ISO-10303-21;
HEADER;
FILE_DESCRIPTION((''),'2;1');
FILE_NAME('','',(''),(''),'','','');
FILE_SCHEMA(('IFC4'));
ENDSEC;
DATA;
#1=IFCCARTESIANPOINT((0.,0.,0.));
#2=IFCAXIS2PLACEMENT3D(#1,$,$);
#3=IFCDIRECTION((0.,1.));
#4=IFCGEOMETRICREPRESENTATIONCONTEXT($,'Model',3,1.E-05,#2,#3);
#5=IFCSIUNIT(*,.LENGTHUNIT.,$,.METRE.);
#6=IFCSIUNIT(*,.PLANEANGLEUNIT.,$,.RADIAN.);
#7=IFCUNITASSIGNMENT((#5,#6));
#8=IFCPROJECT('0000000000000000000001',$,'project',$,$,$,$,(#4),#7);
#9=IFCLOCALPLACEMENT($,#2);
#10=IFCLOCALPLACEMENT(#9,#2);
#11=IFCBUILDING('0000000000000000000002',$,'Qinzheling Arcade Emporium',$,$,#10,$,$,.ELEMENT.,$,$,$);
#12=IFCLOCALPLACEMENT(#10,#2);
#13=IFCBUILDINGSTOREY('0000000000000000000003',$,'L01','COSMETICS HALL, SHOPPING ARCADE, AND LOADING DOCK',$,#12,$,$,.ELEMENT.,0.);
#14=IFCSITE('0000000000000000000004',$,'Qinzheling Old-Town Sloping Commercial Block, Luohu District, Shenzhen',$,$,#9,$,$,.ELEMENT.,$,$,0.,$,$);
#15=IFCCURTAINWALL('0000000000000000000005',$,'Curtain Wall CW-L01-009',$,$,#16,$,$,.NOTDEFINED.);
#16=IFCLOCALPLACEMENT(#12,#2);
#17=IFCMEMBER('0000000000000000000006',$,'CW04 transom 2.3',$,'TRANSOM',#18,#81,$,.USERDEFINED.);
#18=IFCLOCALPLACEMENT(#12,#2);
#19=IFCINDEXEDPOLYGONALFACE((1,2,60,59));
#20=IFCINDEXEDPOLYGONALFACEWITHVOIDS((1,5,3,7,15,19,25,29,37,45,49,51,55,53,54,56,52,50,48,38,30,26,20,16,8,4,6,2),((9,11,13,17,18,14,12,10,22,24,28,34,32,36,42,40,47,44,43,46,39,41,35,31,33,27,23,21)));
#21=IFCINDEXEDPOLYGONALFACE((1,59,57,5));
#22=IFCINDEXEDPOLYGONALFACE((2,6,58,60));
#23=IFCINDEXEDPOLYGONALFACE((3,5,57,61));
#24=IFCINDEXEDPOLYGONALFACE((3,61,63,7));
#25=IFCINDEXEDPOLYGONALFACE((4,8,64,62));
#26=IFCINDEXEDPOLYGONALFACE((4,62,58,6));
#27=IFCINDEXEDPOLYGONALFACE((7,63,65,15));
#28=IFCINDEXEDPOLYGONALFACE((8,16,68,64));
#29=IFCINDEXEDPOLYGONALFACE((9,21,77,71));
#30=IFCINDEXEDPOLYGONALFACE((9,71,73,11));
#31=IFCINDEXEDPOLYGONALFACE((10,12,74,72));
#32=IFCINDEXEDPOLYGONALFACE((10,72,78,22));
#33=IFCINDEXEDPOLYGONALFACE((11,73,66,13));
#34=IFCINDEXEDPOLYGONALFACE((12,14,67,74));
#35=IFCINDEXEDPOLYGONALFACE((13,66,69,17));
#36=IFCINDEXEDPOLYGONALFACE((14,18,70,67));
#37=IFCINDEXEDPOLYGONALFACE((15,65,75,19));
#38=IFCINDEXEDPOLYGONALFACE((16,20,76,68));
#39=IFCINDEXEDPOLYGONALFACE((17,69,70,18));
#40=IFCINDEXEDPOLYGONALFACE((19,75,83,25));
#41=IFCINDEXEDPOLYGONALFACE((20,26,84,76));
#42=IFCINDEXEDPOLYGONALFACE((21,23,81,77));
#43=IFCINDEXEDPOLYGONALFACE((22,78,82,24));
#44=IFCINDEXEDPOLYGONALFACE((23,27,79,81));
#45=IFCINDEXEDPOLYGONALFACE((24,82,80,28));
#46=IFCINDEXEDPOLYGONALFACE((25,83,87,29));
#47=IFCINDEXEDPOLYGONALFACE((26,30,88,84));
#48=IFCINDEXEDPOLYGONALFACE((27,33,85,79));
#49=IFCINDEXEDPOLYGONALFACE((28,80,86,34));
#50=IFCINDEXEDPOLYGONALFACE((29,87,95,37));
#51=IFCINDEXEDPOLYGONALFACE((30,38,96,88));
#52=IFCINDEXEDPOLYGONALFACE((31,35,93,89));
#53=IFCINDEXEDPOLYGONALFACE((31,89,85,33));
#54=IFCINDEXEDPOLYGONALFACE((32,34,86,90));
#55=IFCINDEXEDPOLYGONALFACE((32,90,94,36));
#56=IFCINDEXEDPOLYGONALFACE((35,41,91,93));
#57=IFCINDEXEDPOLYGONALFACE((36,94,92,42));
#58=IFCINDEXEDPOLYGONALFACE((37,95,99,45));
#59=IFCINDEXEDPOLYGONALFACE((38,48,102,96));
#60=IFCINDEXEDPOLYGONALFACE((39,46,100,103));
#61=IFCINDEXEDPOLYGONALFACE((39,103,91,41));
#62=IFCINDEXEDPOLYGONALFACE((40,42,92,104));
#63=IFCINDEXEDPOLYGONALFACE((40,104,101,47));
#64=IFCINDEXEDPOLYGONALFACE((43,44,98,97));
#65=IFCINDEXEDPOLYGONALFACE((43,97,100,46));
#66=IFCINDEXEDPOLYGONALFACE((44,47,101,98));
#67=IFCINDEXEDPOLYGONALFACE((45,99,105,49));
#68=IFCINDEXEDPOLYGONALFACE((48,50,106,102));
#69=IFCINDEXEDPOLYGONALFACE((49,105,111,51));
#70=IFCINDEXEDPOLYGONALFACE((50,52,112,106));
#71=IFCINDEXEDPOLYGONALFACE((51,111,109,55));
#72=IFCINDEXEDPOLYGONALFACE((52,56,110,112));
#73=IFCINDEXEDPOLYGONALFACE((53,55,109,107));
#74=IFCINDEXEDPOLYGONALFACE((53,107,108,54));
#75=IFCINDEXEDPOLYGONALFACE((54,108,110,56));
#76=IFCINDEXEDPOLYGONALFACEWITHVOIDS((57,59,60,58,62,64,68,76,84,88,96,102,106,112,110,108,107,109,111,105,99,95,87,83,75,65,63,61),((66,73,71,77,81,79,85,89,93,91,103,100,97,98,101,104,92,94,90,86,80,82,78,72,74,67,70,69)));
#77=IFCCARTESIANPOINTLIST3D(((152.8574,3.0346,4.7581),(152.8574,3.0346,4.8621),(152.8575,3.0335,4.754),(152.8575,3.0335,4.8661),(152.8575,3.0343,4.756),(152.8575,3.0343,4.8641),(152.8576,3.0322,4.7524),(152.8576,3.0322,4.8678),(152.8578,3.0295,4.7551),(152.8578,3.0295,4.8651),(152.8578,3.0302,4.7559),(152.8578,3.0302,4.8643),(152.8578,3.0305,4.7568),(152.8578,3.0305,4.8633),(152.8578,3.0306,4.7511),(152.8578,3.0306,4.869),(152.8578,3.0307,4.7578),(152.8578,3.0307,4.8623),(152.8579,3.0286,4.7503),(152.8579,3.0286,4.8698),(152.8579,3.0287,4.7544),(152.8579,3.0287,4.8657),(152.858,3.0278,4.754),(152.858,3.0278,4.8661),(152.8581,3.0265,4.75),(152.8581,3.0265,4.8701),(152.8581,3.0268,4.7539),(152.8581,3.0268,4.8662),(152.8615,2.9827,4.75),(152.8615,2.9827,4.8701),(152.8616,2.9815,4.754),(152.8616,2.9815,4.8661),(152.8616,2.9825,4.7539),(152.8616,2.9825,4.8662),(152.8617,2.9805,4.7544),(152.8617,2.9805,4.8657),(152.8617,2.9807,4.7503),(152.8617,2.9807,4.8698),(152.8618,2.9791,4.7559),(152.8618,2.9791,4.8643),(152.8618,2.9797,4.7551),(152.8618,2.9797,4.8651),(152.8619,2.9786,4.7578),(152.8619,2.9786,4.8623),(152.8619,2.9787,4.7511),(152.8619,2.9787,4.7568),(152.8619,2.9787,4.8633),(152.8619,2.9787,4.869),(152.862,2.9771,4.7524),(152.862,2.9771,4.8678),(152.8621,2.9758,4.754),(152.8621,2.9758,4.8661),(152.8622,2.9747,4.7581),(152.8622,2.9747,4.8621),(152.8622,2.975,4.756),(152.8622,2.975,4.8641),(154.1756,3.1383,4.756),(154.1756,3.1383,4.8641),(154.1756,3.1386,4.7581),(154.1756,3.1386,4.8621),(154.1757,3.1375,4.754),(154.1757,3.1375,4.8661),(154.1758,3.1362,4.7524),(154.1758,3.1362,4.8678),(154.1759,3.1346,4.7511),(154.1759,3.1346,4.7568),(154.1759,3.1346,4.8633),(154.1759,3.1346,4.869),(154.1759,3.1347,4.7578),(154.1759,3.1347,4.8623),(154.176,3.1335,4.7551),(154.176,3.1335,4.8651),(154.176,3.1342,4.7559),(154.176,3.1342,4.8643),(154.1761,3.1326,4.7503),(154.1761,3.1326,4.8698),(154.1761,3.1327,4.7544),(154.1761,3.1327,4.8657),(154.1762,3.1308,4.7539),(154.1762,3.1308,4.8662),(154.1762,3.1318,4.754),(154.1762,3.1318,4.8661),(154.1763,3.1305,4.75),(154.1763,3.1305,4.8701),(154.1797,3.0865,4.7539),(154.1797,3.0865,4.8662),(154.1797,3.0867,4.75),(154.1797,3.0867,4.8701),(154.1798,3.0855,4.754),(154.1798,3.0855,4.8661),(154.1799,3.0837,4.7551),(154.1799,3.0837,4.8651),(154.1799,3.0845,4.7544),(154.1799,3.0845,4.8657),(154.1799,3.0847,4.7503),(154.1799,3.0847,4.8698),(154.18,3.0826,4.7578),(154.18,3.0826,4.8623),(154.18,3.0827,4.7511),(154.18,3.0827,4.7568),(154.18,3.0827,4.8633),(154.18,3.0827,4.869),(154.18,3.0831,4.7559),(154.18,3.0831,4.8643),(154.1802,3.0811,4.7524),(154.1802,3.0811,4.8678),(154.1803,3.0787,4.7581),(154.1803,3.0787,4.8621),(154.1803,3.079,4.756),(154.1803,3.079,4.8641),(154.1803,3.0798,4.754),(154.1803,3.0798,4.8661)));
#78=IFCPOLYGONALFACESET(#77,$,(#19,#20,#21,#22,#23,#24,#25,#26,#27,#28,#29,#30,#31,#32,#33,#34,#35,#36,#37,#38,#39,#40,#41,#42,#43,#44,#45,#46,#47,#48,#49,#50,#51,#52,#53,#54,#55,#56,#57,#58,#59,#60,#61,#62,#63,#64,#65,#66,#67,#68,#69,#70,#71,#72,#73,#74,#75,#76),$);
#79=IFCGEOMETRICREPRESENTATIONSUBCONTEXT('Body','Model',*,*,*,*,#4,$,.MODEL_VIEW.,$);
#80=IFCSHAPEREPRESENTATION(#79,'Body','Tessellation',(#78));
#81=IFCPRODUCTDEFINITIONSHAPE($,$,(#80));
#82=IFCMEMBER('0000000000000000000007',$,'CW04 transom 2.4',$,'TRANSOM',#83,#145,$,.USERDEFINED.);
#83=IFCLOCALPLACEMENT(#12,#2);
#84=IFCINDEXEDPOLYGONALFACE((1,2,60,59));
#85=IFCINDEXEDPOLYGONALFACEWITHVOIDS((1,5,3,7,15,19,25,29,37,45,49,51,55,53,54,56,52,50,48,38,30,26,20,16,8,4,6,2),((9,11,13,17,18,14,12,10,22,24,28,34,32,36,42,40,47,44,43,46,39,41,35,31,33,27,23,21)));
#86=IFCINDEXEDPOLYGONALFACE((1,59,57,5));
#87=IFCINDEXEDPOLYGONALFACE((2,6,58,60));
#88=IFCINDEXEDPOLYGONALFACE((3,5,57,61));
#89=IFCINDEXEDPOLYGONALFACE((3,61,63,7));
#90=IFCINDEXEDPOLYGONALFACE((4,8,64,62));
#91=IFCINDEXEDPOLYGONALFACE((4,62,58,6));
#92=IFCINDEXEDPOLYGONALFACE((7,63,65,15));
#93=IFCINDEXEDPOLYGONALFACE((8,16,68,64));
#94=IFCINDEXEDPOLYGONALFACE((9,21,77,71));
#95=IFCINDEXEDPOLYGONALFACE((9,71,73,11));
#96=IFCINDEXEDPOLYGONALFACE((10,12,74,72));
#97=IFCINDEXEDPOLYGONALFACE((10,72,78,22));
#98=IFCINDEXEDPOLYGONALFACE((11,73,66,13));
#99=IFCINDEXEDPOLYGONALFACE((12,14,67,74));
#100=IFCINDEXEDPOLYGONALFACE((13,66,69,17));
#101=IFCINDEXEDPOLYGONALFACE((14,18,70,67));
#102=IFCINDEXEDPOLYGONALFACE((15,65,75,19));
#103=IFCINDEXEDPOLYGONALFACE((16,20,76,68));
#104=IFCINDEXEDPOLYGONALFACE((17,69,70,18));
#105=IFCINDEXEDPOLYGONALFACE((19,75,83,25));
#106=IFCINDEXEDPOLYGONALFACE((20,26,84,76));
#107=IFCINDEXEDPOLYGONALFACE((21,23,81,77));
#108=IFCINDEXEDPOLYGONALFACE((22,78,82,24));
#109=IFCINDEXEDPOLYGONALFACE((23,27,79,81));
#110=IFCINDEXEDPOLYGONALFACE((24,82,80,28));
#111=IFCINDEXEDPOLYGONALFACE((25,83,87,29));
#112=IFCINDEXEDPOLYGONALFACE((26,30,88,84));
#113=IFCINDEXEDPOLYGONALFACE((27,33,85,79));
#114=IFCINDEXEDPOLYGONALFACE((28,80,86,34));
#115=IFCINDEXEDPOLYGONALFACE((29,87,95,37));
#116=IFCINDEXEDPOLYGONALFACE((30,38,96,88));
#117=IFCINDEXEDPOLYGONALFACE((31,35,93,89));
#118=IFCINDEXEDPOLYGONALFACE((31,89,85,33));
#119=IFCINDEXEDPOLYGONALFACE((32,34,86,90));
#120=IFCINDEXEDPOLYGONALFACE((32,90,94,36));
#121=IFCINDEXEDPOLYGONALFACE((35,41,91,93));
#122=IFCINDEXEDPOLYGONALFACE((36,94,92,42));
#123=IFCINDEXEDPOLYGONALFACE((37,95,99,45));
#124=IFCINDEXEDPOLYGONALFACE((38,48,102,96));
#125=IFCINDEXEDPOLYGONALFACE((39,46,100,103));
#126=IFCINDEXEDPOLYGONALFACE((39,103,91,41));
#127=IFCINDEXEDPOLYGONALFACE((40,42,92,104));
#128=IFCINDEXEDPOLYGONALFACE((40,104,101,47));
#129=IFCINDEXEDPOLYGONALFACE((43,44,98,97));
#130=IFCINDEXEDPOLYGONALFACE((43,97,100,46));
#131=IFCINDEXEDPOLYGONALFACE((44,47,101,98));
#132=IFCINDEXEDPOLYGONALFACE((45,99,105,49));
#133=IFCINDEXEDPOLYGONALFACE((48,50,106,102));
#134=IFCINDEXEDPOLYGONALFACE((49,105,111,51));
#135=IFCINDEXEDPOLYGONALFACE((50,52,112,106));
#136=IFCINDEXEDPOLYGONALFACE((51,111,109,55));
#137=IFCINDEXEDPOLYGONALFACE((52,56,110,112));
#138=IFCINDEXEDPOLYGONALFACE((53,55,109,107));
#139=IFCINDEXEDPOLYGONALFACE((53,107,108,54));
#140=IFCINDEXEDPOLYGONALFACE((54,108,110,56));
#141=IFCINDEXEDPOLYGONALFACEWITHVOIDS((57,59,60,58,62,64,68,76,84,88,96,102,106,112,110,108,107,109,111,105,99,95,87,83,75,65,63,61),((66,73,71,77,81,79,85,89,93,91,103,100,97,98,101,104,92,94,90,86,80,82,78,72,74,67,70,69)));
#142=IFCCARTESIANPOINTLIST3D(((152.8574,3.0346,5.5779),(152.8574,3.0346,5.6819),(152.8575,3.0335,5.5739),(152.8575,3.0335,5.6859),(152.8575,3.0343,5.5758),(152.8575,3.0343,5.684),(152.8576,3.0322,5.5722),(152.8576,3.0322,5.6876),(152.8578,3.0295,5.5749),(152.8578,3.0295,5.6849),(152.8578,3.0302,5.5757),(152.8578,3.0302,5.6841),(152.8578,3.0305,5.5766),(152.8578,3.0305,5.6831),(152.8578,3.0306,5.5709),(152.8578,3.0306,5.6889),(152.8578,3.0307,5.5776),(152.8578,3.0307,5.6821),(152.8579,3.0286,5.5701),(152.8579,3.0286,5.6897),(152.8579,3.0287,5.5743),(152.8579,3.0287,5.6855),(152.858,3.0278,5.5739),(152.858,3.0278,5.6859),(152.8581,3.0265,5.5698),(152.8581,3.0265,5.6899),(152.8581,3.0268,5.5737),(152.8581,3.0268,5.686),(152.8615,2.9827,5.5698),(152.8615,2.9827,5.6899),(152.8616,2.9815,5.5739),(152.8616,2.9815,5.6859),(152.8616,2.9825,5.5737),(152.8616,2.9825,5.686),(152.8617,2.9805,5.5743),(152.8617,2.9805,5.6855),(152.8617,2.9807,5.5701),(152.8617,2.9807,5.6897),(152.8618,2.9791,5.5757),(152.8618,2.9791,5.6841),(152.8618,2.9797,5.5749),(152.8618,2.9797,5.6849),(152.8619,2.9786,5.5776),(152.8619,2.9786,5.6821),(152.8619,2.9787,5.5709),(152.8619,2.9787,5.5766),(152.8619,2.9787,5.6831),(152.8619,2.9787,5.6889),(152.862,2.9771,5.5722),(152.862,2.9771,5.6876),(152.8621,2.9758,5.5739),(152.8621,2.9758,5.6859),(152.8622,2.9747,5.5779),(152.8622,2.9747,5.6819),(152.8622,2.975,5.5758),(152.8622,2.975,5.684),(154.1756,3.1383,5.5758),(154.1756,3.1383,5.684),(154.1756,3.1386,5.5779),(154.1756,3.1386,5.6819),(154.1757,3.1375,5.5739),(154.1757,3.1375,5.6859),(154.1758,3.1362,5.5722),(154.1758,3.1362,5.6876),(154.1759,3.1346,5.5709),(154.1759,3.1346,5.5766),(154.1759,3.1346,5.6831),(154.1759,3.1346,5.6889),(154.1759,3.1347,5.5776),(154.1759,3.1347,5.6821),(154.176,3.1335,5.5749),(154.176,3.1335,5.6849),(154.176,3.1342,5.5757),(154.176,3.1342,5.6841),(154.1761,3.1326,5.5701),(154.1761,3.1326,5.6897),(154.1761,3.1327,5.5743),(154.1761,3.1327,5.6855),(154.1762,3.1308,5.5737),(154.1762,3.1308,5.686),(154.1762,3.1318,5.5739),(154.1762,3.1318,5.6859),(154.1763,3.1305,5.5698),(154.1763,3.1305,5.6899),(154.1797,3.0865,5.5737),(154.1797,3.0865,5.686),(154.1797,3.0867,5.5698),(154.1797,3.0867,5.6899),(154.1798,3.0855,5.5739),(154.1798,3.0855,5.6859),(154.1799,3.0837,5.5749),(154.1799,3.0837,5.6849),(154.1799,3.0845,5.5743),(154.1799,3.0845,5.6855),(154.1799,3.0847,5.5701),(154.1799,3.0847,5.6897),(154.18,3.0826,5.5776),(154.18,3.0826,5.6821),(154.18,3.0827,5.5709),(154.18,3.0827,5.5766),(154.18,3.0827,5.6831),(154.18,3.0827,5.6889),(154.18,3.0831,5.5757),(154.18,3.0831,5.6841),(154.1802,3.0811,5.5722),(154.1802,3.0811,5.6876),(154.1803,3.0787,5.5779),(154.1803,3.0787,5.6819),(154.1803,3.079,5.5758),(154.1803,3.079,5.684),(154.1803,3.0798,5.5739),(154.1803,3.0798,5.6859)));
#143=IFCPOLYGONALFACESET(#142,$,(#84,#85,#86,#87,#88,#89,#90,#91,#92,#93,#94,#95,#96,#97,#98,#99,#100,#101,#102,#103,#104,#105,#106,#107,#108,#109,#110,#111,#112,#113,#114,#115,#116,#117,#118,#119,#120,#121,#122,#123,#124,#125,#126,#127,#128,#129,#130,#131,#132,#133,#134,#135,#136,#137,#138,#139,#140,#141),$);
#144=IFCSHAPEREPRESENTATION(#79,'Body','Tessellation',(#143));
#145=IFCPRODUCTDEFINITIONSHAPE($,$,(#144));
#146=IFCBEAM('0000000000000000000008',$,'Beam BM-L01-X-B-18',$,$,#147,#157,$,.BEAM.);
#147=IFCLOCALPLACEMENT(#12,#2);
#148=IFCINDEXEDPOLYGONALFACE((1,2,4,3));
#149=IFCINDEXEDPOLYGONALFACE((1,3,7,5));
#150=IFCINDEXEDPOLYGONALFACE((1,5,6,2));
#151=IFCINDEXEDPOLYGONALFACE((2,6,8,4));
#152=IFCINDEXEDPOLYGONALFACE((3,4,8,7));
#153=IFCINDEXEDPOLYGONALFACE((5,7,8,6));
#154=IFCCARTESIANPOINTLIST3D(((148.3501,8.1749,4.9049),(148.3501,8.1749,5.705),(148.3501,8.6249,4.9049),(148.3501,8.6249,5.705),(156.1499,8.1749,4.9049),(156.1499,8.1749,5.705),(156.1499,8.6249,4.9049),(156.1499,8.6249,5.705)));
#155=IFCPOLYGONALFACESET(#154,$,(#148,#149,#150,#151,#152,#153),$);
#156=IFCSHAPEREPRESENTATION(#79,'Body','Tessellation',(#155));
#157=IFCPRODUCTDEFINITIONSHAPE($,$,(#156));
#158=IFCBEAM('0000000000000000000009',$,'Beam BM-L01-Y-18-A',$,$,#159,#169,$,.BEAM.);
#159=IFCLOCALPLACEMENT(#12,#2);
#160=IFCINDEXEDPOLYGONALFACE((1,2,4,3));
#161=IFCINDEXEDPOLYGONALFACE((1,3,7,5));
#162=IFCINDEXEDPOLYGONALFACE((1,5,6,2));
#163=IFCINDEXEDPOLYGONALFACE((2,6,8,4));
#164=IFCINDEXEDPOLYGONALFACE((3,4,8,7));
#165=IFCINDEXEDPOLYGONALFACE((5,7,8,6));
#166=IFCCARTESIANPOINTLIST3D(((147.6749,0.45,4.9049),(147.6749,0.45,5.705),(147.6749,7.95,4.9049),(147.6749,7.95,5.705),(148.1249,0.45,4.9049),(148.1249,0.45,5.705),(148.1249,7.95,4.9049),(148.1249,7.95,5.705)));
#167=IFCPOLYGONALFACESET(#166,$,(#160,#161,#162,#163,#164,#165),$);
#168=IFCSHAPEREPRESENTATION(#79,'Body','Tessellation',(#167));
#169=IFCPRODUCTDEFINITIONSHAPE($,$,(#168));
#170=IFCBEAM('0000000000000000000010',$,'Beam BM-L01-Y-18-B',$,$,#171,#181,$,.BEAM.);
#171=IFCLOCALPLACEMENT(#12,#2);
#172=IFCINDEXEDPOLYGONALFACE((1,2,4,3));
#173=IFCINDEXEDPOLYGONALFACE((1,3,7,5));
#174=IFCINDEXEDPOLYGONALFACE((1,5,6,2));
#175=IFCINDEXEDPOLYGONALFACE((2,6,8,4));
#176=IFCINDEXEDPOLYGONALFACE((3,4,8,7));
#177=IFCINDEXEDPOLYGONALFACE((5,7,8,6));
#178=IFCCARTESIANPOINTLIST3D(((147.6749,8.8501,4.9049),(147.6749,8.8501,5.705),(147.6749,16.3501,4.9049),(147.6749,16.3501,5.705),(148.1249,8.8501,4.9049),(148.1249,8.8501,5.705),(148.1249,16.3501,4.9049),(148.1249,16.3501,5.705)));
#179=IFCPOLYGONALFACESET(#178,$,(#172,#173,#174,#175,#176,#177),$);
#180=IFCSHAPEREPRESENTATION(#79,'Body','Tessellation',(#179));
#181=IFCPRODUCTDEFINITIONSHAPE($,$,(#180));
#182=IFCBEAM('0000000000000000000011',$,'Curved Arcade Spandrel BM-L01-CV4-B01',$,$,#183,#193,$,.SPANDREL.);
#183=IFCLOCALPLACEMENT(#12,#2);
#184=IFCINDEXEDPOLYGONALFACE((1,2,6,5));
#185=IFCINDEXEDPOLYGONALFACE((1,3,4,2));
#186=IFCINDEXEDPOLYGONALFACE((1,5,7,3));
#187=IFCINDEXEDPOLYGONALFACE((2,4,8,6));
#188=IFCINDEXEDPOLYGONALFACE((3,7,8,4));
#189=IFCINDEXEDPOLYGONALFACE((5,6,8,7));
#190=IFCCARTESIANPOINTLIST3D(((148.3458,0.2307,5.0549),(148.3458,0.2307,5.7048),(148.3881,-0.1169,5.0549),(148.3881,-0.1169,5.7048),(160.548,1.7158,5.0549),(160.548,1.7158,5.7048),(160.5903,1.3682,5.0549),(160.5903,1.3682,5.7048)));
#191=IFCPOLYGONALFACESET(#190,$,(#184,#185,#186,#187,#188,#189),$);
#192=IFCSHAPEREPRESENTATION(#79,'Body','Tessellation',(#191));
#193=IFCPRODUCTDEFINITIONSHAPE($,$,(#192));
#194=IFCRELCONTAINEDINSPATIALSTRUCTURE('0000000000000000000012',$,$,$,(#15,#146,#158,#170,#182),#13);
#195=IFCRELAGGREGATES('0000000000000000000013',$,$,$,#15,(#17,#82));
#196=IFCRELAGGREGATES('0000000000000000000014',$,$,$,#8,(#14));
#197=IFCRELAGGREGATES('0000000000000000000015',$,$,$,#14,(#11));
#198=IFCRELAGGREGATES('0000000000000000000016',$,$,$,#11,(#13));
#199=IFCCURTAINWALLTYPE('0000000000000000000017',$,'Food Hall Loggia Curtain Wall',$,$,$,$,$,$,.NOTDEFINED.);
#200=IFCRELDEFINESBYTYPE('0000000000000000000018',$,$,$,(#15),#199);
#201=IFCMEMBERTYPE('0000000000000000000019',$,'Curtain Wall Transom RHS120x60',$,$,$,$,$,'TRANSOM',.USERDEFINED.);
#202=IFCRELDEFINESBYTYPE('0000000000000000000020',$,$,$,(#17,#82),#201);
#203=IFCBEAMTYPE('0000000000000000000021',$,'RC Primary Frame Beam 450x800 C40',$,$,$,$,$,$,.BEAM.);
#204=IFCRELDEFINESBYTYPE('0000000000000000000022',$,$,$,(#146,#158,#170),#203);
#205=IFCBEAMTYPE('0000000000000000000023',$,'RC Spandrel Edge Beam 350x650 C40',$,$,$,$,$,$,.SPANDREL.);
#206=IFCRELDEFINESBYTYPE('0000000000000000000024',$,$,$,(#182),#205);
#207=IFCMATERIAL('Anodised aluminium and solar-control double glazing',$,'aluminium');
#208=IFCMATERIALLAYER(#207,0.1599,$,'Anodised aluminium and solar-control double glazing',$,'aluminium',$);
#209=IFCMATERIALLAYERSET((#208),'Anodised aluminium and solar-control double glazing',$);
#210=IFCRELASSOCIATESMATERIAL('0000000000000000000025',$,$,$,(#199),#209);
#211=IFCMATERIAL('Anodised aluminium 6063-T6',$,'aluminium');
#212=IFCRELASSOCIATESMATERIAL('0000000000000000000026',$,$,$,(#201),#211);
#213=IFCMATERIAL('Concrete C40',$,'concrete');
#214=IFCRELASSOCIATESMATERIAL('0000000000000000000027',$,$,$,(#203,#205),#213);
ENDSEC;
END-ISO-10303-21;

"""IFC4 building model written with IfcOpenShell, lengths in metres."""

from ifc_helpers import new_model, si_unit, direction, frame, origin, origin_2d, place, context, subcontext, project, spatial, rectangle, hollow_rectangle, extrude, material, layer, layer_set, material_profile, profile_set, type_object, element, aggregate, save


model = new_model("IFC4")

# Units and contexts
model_context = context("Model", 3, precision=1e-05, world=origin(), true_north=direction((0.0, 1.0)))
body_context = subcontext(model_context, "Body", "Model", "MODEL_VIEW")
ifc_project = project(units=[si_unit("LENGTHUNIT", "METRE"), si_unit("PLANEANGLEUNIT", "RADIAN")], contexts=[model_context])

# Site, building, storey
site_placement = place(None, origin())
site = spatial("IfcSite", under=ifc_project, at=site_placement, Name="Qinzheling Old-Town Sloping Commercial Block, Luohu District, Shenzhen", CompositionType="ELEMENT", RefElevation=0.0)
building_placement = place(site_placement, origin())
building = spatial("IfcBuilding", under=site, at=building_placement, Name="Qinzheling Arcade Emporium", CompositionType="ELEMENT")
storey_placement = place(building_placement, origin())
storey = spatial("IfcBuildingStorey", under=building, at=storey_placement, Name="L01", Description="COSMETICS HALL, SHOPPING ARCADE, AND LOADING DOCK", CompositionType="ELEMENT", Elevation=0.0)

# Shared definitions
ifc_material_1 = material(Name="Anodised aluminium and solar-control double glazing", Category="aluminium")
ifc_material_2 = material(Name="Anodised aluminium 6063-T6", Category="aluminium")

# Curtain wall, members
ifc_layer_1 = layer(ifc_material_1, 0.1599, Name="Anodised aluminium and solar-control double glazing", Category="aluminium")
ifc_layer_set_1 = layer_set([ifc_layer_1], Name="Anodised aluminium and solar-control double glazing")
curtain_wall_type_1 = type_object("IfcCurtainWallType", Name="Food Hall Loggia Curtain Wall", PredefinedType="NOTDEFINED", material=ifc_layer_set_1)
curtain_wall_1_placement = place(storey_placement, origin())
curtain_wall_1 = element("IfcCurtainWall", 1, at=curtain_wall_1_placement, inside=storey, type_object=curtain_wall_type_1, Name="Curtain Wall CW-L01-009", PredefinedType="NOTDEFINED")
ifc_material_profile_1 = material_profile(ifc_material_2, hollow_rectangle(XDim=0.0601, YDim=0.1201, WallThickness=0.0039, InnerFilletRadius=0.0039, OuterFilletRadius=0.0081, at=origin_2d()), Name="RHS 120x60x4", Category="aluminium")
ifc_profile_set_1 = profile_set([ifc_material_profile_1], Name="Anodised aluminium 6063-T6")
member_type_1 = type_object("IfcMemberType", Name="Curtain Wall Transom RHS120x60", ElementType="TRANSOM", PredefinedType="USERDEFINED", material=ifc_profile_set_1)
member_1_placement = place(storey_placement, frame((154.178, 3.1086, 4.8101), z_axis=(-0.996902, -0.078659, 0.0), x_axis=(0.078659, -0.996902, 0.0)))
member_1 = element("IfcMember", 2, at=member_1_placement, type_object=member_type_1, Name="CW04 transom 2.3", ObjectType="TRANSOM", PredefinedType="USERDEFINED", context=body_context, shape_type="SweptSolid", body=[
    extrude(hollow_rectangle(XDim=0.0601, YDim=0.1201, WallThickness=0.0039, InnerFilletRadius=0.0039, OuterFilletRadius=0.0081, at=origin_2d()), origin(), (0.0, 0.0, 1.0), 1.3223),
])
member_2_placement = place(storey_placement, frame((154.178, 3.1086, 5.6299), z_axis=(-0.996902, -0.078659, 0.0), x_axis=(0.078659, -0.996902, 0.0)))
member_2 = element("IfcMember", 3, at=member_2_placement, type_object=member_type_1, Name="CW04 transom 2.4", ObjectType="TRANSOM", PredefinedType="USERDEFINED", context=body_context, shape_type="SweptSolid", body=[
    extrude(hollow_rectangle(XDim=0.0601, YDim=0.1201, WallThickness=0.0039, InnerFilletRadius=0.0039, OuterFilletRadius=0.0081, at=origin_2d()), origin(), (0.0, 0.0, 1.0), 1.3223),
])

# Beams
ifc_material_3 = material(Name="Concrete C40", Category="concrete")
ifc_material_profile_2 = material_profile(ifc_material_3, rectangle(XDim=0.45, YDim=0.8, at=origin_2d()), Name="RC 450x800", Category="concrete")
ifc_profile_set_2 = profile_set([ifc_material_profile_2], Name="Concrete C40")
beam_type_1 = type_object("IfcBeamType", Name="RC Primary Frame Beam 450x800 C40", PredefinedType="BEAM", material=ifc_profile_set_2)
beam_1_placement = place(storey_placement, frame((148.3501, 8.3999, 5.3049), z_axis=(1.0, 0.0, 0.0), x_axis=(0.0, 1.0, 0.0)))
element("IfcBeam", 4, at=beam_1_placement, inside=storey, type_object=beam_type_1, Name="Beam BM-L01-X-B-18", PredefinedType="BEAM", context=body_context, shape_type="SweptSolid", body=[
    extrude(rectangle(XDim=0.45, YDim=0.8, at=origin_2d()), origin(), (0.0, 0.0, 1.0), 7.7998),
])
for number, where, z_axis, x_axis, name in (
    (5, (147.8999, 0.45, 5.3049), (0.0, 1.0, 0.0), (-1.0, 0.0, 0.0), "Beam BM-L01-Y-18-A"),
    (6, (147.8999, 8.8501, 5.3049), (0.0, 1.0, 0.0), (-1.0, 0.0, 0.0), "Beam BM-L01-Y-18-B"),
):
    element("IfcBeam", number, at=place(storey_placement, frame(where, z_axis=z_axis, x_axis=x_axis)), inside=storey, type_object=beam_type_1, Name=name, PredefinedType="BEAM", context=body_context, shape_type="SweptSolid", body=[
        extrude(rectangle(XDim=0.45, YDim=0.8, at=origin_2d()), origin(), (0.0, 0.0, 1.0), 7.5),
    ])
ifc_material_profile_3 = material_profile(ifc_material_3, rectangle(XDim=0.3501, YDim=0.6499, at=origin_2d()), Name="RC 350x650", Category="concrete")
ifc_profile_set_3 = profile_set([ifc_material_profile_3], Name="Concrete C40")
beam_type_2 = type_object("IfcBeamType", Name="RC Spandrel Edge Beam 350x650 C40", PredefinedType="SPANDREL", material=ifc_profile_set_3)
beam_2_placement = place(storey_placement, frame((148.3669, 0.0569, 5.3799), z_axis=(0.992675, 0.120817, 0.0), x_axis=(-0.120817, 0.992675, 0.0)))
element("IfcBeam", 7, at=beam_2_placement, inside=storey, type_object=beam_type_2, Name="Curved Arcade Spandrel BM-L01-CV4-B01", PredefinedType="SPANDREL", context=body_context, shape_type="SweptSolid", body=[
    extrude(rectangle(XDim=0.3501, YDim=0.6499, at=origin_2d()), origin(), (0.0, 0.0, 1.0), 12.2922),
])

aggregate(curtain_wall_1, [member_1, member_2])

save(model, "model.ifc")
